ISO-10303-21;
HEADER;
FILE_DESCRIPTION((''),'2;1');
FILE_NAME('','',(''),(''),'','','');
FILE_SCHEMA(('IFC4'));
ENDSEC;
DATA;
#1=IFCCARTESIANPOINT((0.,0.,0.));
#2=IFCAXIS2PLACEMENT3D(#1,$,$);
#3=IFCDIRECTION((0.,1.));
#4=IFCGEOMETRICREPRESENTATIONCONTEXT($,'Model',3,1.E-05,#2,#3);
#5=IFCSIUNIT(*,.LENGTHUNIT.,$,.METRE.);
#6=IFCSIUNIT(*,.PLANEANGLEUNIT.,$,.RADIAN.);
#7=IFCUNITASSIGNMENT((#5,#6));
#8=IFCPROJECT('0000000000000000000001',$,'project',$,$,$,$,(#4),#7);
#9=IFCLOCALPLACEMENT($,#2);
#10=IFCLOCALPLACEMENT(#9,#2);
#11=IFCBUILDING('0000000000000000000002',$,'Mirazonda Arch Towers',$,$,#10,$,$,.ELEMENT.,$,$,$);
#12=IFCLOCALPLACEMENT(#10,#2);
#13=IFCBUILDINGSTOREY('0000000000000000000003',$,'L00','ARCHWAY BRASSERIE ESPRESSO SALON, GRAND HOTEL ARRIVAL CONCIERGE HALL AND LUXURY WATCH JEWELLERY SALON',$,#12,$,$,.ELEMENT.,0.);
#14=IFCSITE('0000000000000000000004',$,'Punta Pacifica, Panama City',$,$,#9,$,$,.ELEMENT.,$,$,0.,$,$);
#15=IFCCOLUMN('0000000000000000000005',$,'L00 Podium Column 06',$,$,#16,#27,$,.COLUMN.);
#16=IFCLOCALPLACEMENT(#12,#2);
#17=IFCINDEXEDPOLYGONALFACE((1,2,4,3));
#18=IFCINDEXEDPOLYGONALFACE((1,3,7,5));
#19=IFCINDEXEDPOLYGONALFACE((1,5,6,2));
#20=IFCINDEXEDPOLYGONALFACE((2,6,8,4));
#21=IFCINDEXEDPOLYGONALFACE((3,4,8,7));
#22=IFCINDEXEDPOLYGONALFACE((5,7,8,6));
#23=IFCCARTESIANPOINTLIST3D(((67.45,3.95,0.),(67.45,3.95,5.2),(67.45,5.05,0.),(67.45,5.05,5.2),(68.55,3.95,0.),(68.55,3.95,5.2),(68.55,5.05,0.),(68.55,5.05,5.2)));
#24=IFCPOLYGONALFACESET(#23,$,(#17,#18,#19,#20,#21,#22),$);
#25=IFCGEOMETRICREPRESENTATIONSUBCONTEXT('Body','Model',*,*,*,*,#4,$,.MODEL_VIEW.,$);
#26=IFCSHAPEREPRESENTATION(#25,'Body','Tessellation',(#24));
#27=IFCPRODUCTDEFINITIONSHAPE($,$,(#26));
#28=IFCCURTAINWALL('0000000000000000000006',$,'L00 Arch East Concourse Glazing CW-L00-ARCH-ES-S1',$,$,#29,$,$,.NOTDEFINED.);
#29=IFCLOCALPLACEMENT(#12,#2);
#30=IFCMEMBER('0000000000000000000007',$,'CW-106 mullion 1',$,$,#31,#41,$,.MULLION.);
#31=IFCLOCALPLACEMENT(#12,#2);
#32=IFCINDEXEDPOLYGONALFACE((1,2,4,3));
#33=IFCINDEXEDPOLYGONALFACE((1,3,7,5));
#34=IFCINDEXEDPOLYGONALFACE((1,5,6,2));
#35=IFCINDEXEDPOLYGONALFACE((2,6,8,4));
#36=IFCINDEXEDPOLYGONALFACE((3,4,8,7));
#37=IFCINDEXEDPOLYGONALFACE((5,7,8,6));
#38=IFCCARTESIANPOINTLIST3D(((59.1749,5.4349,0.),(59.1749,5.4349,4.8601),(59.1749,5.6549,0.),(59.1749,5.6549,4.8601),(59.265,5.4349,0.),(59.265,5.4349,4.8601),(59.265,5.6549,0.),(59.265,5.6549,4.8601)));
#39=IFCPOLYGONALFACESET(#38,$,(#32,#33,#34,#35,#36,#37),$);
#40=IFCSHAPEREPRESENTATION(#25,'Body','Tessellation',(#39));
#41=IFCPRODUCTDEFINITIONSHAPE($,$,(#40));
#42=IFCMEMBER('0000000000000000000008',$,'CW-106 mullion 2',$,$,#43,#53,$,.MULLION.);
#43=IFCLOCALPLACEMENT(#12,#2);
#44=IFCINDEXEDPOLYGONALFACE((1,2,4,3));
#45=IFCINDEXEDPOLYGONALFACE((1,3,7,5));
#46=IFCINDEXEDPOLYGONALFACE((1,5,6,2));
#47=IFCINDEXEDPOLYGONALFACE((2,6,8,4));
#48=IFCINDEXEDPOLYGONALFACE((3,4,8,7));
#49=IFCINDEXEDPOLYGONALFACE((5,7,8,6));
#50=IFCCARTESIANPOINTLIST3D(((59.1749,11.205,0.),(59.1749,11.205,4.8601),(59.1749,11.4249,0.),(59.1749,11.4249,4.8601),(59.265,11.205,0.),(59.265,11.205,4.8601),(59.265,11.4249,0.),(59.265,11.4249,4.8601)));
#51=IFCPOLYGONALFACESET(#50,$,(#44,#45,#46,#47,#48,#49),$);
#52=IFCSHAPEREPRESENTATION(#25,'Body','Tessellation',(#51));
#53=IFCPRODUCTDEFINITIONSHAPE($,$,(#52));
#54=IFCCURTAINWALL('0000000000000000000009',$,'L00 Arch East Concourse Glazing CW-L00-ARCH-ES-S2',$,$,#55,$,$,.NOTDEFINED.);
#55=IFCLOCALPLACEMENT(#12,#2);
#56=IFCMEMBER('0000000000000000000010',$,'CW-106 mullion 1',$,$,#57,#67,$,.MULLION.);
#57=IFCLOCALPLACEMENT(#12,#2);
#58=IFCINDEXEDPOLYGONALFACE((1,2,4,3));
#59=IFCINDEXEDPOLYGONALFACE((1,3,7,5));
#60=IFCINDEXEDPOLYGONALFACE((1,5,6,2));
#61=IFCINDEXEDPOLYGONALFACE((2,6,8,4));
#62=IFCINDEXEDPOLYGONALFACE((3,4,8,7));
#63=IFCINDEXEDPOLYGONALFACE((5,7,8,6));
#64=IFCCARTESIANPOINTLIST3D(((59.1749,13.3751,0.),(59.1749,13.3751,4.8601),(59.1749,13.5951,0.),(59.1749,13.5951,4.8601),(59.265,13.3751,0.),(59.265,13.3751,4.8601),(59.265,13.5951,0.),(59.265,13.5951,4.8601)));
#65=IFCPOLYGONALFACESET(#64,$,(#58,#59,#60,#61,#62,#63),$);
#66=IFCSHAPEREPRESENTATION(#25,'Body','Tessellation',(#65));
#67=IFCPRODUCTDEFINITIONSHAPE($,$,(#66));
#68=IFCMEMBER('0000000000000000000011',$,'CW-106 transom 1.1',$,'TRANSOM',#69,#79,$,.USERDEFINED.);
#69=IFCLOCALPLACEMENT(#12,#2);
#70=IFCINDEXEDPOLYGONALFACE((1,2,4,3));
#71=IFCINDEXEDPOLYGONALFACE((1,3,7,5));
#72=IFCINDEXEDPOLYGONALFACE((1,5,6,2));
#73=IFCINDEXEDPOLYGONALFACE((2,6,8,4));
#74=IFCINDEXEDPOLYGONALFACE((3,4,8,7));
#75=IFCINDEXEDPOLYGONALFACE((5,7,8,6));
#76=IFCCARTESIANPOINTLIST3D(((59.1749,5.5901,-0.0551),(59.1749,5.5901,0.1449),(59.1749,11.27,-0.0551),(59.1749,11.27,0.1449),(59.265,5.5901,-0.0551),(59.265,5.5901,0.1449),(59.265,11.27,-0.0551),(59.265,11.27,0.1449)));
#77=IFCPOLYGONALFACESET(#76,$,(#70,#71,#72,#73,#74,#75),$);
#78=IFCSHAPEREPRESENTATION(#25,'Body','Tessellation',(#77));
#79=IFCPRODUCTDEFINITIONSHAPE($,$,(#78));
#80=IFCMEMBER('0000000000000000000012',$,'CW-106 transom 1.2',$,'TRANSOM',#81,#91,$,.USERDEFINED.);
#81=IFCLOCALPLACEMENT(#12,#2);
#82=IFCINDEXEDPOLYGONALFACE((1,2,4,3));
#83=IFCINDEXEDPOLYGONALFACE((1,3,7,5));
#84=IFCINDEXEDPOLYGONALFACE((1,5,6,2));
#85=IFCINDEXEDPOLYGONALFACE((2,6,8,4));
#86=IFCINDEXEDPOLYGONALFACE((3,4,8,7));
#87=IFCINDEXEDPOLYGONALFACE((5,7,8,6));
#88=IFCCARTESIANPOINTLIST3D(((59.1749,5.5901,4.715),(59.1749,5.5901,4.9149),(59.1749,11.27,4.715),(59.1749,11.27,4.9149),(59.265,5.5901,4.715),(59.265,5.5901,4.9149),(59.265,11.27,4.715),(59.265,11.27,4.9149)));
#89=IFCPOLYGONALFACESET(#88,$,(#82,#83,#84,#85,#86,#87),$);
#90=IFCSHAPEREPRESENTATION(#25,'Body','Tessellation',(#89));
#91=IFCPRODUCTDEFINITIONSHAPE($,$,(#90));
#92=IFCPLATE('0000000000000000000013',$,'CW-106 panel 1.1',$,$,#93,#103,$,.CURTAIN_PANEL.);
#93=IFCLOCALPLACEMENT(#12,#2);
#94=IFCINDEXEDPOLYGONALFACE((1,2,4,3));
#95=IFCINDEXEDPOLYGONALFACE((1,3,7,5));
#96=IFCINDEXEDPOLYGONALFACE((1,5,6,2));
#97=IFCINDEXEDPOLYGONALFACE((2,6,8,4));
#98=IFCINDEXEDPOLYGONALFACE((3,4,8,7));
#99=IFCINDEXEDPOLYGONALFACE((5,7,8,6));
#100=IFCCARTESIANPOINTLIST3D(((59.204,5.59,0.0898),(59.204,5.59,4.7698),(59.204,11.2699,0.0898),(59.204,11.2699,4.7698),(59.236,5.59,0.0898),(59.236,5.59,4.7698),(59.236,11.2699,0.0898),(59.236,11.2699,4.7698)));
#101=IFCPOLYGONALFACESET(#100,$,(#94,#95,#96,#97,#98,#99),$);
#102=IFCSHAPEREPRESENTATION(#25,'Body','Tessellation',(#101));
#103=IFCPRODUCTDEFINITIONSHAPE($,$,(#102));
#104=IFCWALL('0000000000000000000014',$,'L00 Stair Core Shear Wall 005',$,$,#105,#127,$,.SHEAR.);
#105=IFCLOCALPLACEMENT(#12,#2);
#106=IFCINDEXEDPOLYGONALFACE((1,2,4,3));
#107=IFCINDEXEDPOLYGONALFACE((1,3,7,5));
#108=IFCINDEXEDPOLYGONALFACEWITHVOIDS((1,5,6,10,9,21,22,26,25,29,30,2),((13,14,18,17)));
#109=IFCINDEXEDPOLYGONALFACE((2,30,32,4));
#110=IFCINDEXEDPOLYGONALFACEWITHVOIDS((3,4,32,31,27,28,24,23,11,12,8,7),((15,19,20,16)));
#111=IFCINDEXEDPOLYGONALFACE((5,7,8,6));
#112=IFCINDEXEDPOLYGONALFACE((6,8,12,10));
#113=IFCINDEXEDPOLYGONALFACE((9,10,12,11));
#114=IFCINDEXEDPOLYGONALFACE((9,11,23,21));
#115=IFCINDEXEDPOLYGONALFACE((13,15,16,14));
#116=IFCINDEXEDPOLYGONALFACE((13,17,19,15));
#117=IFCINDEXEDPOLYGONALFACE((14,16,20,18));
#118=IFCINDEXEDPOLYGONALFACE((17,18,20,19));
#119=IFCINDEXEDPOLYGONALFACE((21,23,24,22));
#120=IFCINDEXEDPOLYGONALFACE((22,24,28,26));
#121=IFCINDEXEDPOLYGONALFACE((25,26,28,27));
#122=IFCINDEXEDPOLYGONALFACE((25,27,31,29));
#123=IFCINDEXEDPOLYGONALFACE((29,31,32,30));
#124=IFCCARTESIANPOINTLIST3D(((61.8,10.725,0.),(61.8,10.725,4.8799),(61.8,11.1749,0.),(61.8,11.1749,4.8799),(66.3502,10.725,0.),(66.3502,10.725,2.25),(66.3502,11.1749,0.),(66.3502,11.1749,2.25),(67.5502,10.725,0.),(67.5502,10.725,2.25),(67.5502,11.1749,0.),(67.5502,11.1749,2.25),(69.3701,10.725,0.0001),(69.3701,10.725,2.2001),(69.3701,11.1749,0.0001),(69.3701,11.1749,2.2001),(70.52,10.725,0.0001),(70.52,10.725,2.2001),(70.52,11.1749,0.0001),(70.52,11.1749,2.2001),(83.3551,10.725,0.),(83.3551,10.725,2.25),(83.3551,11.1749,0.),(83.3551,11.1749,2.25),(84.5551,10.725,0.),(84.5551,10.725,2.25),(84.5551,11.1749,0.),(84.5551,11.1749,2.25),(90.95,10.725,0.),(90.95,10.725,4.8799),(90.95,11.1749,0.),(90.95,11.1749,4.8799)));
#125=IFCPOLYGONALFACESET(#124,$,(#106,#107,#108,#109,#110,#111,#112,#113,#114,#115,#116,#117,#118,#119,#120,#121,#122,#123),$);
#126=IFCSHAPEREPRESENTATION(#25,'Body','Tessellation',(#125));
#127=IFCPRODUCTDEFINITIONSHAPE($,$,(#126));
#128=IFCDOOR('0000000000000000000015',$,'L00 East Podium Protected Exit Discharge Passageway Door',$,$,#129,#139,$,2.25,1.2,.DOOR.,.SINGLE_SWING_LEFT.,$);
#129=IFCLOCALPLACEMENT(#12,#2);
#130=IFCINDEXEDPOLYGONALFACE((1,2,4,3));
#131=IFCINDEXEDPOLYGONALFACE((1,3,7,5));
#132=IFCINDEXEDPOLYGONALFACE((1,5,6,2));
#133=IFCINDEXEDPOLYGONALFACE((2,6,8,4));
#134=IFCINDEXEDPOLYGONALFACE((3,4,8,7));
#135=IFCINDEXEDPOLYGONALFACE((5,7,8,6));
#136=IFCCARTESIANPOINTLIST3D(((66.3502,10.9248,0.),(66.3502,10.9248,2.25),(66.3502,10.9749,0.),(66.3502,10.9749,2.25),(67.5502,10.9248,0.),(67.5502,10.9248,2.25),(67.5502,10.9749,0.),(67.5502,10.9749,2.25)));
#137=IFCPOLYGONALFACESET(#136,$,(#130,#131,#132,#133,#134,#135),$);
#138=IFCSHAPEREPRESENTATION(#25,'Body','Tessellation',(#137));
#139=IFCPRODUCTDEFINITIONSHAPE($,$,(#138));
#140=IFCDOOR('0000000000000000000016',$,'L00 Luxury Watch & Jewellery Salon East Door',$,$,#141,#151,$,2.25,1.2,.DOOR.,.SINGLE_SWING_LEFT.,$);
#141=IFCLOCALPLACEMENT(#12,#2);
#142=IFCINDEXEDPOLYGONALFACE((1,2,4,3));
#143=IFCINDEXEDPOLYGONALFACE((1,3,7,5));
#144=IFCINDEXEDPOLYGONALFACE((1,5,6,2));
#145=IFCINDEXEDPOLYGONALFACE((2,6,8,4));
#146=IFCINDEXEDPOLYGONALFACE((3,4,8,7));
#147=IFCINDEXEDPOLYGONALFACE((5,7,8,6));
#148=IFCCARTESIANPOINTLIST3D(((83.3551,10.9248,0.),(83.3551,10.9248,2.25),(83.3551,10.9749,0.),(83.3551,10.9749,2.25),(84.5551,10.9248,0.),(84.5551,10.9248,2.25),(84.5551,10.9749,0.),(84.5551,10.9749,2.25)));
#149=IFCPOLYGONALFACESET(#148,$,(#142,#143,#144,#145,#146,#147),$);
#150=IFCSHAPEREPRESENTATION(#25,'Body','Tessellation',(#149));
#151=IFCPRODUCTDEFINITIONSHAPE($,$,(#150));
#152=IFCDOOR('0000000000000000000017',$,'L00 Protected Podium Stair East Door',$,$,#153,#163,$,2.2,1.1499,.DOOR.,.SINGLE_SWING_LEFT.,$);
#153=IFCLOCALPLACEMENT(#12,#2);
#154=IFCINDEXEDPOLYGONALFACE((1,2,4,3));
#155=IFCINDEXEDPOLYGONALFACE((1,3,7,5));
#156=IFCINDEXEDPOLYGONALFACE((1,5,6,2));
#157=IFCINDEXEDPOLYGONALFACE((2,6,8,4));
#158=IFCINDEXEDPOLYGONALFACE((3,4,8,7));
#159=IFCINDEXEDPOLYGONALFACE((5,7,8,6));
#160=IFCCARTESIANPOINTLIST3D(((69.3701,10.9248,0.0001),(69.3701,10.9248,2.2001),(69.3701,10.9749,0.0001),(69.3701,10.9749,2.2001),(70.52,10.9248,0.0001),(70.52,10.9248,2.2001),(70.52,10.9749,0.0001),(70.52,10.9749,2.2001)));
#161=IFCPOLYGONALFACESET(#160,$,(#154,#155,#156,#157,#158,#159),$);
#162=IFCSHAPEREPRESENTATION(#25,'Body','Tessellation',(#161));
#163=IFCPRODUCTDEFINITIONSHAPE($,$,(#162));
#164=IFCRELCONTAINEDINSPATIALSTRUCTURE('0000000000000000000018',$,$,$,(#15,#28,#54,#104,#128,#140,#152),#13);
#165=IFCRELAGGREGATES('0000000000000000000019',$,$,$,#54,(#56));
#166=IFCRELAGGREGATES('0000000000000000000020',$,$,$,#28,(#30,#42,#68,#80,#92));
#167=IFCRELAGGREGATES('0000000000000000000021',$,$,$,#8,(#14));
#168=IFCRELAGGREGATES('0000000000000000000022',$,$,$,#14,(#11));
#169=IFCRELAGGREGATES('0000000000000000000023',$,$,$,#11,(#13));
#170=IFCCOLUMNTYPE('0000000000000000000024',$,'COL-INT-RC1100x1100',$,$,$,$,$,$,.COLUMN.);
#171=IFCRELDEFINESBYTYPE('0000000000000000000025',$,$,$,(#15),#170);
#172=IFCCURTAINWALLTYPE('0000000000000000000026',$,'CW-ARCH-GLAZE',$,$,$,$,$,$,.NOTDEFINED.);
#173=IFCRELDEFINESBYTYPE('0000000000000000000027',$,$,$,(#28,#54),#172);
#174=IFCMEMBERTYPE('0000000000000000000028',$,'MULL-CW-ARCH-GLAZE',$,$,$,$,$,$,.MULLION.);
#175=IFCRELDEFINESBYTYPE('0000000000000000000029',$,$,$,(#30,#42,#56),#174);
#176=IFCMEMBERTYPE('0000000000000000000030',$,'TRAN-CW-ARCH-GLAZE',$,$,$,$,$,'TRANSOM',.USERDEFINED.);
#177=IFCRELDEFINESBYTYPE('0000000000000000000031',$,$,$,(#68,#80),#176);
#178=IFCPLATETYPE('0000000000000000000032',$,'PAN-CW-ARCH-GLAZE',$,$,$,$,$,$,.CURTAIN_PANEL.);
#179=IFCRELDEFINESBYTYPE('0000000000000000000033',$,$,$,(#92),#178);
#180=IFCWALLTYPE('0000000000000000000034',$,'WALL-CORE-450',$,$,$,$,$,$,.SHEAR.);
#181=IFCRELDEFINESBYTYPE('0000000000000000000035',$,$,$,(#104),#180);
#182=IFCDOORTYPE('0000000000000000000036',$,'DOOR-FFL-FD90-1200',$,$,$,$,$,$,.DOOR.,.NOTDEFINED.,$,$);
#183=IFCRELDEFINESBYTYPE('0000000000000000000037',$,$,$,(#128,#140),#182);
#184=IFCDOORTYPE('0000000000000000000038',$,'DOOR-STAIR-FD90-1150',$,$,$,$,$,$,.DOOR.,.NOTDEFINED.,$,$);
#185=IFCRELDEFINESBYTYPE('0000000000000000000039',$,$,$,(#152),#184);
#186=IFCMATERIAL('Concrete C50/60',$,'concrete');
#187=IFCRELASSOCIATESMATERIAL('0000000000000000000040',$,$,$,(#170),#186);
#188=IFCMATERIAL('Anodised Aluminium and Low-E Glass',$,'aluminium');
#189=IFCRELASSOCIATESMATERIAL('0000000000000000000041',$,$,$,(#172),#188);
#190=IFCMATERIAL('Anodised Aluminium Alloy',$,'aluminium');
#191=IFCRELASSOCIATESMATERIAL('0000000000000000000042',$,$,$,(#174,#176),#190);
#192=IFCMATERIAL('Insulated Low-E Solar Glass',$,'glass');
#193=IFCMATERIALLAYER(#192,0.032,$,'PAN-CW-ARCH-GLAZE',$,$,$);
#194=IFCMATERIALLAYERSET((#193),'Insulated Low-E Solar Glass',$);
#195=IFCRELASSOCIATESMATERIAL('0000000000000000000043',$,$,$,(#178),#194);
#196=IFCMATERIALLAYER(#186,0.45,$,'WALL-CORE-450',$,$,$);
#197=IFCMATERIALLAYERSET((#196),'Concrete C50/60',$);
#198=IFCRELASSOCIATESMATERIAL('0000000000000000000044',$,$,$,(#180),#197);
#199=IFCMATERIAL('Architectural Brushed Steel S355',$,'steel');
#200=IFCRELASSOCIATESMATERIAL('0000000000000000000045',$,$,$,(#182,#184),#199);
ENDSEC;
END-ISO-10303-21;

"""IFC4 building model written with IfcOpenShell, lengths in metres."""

from ifc_helpers import new_model, si_unit, direction, frame, frame_2d, origin, origin_2d, place, context, subcontext, project, spatial, rectangle, extrude, material, layer, layer_set, material_profile, profile_set, type_object, element, fill, aggregate, save


model = new_model("IFC4")

# Units and contexts
model_context = context("Model", 3, precision=1e-05, world=origin(), true_north=direction((0.0, 1.0)))
body_context = subcontext(model_context, "Body", "Model", "MODEL_VIEW")
ifc_project = project(units=[si_unit("LENGTHUNIT", "METRE"), si_unit("PLANEANGLEUNIT", "RADIAN")], contexts=[model_context])

# Site, building, storey
site_placement = place(None, origin())
site = spatial("IfcSite", under=ifc_project, at=site_placement, Name="Punta Pacifica, Panama City", CompositionType="ELEMENT", RefElevation=0.0)
building_placement = place(site_placement, origin())
building = spatial("IfcBuilding", under=site, at=building_placement, Name="Mirazonda Arch Towers", CompositionType="ELEMENT")
storey_placement = place(building_placement, origin())
storey = spatial("IfcBuildingStorey", under=building, at=storey_placement, Name="L00", Description="ARCHWAY BRASSERIE ESPRESSO SALON, GRAND HOTEL ARRIVAL CONCIERGE HALL AND LUXURY WATCH JEWELLERY SALON", CompositionType="ELEMENT", Elevation=0.0)

# Column
ifc_material_1 = material(Name="Concrete C50/60", Category="concrete")
ifc_material_profile_1 = material_profile(ifc_material_1, rectangle(XDim=1.1001, YDim=1.1001, at=origin_2d()), Name="RC1100x1100")
ifc_profile_set_1 = profile_set([ifc_material_profile_1], Name="Concrete C50/60")
column_type = type_object("IfcColumnType", Name="COL-INT-RC1100x1100", PredefinedType="COLUMN", material=ifc_profile_set_1)
column_placement = place(storey_placement, frame((68.0, 4.5, 0.0), z_axis=(0.0, 0.0, 1.0), x_axis=(1.0, 0.0, 0.0)))
element("IfcColumn", 1, at=column_placement, inside=storey, type_object=column_type, Name="L00 Podium Column 06", PredefinedType="COLUMN", context=body_context, shape_type="SweptSolid", body=[
    extrude(rectangle(XDim=1.1001, YDim=1.1001, at=origin_2d()), origin(), (0.0, 0.0, 1.0), 5.2),
])

# Curtain wall, members
ifc_material_2 = material(Name="Anodised Aluminium and Low-E Glass", Category="aluminium")
curtain_wall_type = type_object("IfcCurtainWallType", Name="CW-ARCH-GLAZE", PredefinedType="NOTDEFINED", material=ifc_material_2)
curtain_wall_1_placement = place(storey_placement, origin())
curtain_wall_1 = element("IfcCurtainWall", 2, at=curtain_wall_1_placement, inside=storey, type_object=curtain_wall_type, Name="L00 Arch East Concourse Glazing CW-L00-ARCH-ES-S1", PredefinedType="NOTDEFINED")
ifc_material_3 = material(Name="Anodised Aluminium Alloy", Category="aluminium")
ifc_material_profile_2 = material_profile(ifc_material_3, rectangle(XDim=0.0901, YDim=0.22, at=origin_2d()), Name="ALU-MULL-90x220")
ifc_profile_set_2 = profile_set([ifc_material_profile_2], Name="Anodised Aluminium Alloy")
member_type_1 = type_object("IfcMemberType", Name="MULL-CW-ARCH-GLAZE", PredefinedType="MULLION", material=ifc_profile_set_2)
member_1_placement = place(storey_placement, frame((59.22, 5.5449, 0.0), z_axis=(0.0, 0.0, 1.0), x_axis=(-1.0, 0.0, 0.0)))
member_1 = element("IfcMember", 3, at=member_1_placement, type_object=member_type_1, Name="CW-106 mullion 1", PredefinedType="MULLION", context=body_context, shape_type="SweptSolid", body=[
    extrude(rectangle(XDim=0.0901, YDim=0.22, at=origin_2d()), origin(), (0.0, 0.0, 1.0), 4.8601),
])
member_2_placement = place(storey_placement, frame((59.22, 11.3149, 0.0), z_axis=(0.0, 0.0, 1.0), x_axis=(-1.0, 0.0, 0.0)))
member_2 = element("IfcMember", 4, at=member_2_placement, type_object=member_type_1, Name="CW-106 mullion 2", PredefinedType="MULLION", context=body_context, shape_type="SweptSolid", body=[
    extrude(rectangle(XDim=0.0901, YDim=0.22, at=origin_2d()), origin(), (0.0, 0.0, 1.0), 4.8601),
])

# Curtain wall, member
curtain_wall_2_placement = place(storey_placement, origin())
curtain_wall_2 = element("IfcCurtainWall", 5, at=curtain_wall_2_placement, inside=storey, type_object=curtain_wall_type, Name="L00 Arch East Concourse Glazing CW-L00-ARCH-ES-S2", PredefinedType="NOTDEFINED")
member_3_placement = place(storey_placement, frame((59.22, 13.4851, 0.0), z_axis=(0.0, 0.0, 1.0), x_axis=(-1.0, 0.0, 0.0)))
member_3 = element("IfcMember", 6, at=member_3_placement, type_object=member_type_1, Name="CW-106 mullion 1", PredefinedType="MULLION", context=body_context, shape_type="SweptSolid", body=[
    extrude(rectangle(XDim=0.0901, YDim=0.22, at=origin_2d()), origin(), (0.0, 0.0, 1.0), 4.8601),
])
aggregate(curtain_wall_2, [member_3])

# Members
ifc_material_profile_3 = material_profile(ifc_material_3, rectangle(XDim=0.0901, YDim=0.2, at=origin_2d()), Name="ALU-TRAN-90x200")
ifc_profile_set_3 = profile_set([ifc_material_profile_3], Name="Anodised Aluminium Alloy")
member_type_2 = type_object("IfcMemberType", Name="TRAN-CW-ARCH-GLAZE", ElementType="TRANSOM", PredefinedType="USERDEFINED", material=ifc_profile_set_3)
member_4_placement = place(storey_placement, frame((59.22, 5.5901, 0.0449), z_axis=(0.0, 1.0, 0.0), x_axis=(-1.0, 0.0, 0.0)))
member_4 = element("IfcMember", 7, at=member_4_placement, type_object=member_type_2, Name="CW-106 transom 1.1", ObjectType="TRANSOM", PredefinedType="USERDEFINED", context=body_context, shape_type="SweptSolid", body=[
    extrude(rectangle(XDim=0.0901, YDim=0.2, at=origin_2d()), origin(), (0.0, 0.0, 1.0), 5.6799),
])
member_5_placement = place(storey_placement, frame((59.22, 5.5901, 4.8149), z_axis=(0.0, 1.0, 0.0), x_axis=(-1.0, 0.0, 0.0)))
member_5 = element("IfcMember", 8, at=member_5_placement, type_object=member_type_2, Name="CW-106 transom 1.2", ObjectType="TRANSOM", PredefinedType="USERDEFINED", context=body_context, shape_type="SweptSolid", body=[
    extrude(rectangle(XDim=0.0901, YDim=0.2, at=origin_2d()), origin(), (0.0, 0.0, 1.0), 5.6799),
])

# Plate
ifc_material_4 = material(Name="Insulated Low-E Solar Glass", Category="glass")
ifc_layer_1 = layer(ifc_material_4, 0.032, Name="PAN-CW-ARCH-GLAZE")
ifc_layer_set_1 = layer_set([ifc_layer_1], Name="Insulated Low-E Solar Glass")
plate_type = type_object("IfcPlateType", Name="PAN-CW-ARCH-GLAZE", PredefinedType="CURTAIN_PANEL", material=ifc_layer_set_1)
plate_placement = place(storey_placement, frame((59.22, 8.4299, 0.0898), z_axis=(0.0, 0.0, 1.0), x_axis=(0.0, 1.0, 0.0)))
plate = element("IfcPlate", 9, at=plate_placement, type_object=plate_type, Name="CW-106 panel 1.1", PredefinedType="CURTAIN_PANEL", context=body_context, shape_type="SweptSolid", body=[
    extrude(rectangle(XDim=5.6799, YDim=0.032, at=origin_2d()), origin(), (0.0, 0.0, 1.0), 4.6799),
])
aggregate(curtain_wall_1, [member_1, member_2, member_4, member_5, plate])

# Wall, openings, doors
ifc_layer_2 = layer(ifc_material_1, 0.45, Name="WALL-CORE-450")
ifc_layer_set_2 = layer_set([ifc_layer_2], Name="Concrete C50/60")
wall_type_1 = type_object("IfcWallType", Name="WALL-CORE-450", PredefinedType="SHEAR", material=ifc_layer_set_2)
wall_1_placement = place(storey_placement, frame((61.8, 10.95, 0.0), z_axis=(0.0, 0.0, 1.0), x_axis=(1.0, 0.0, 0.0)))
wall_1 = element("IfcWall", 10, at=wall_1_placement, inside=storey, type_object=wall_type_1, Name="L00 Stair Core Shear Wall 005", PredefinedType="SHEAR", context=body_context, shape_type="SweptSolid", body=[
    extrude(rectangle(XDim=29.1499, YDim=0.45, at=frame_2d((14.575, 0.0))), origin(), (0.0, 0.0, 1.0), 4.8799),
])
opening_1_placement = place(wall_1_placement, frame((4.55, 0.0, 0.0)))
opening_1 = element("IfcOpeningElement", 11, at=opening_1_placement, cuts=wall_1, PredefinedType="OPENING", context=body_context, shape_type="SweptSolid", body=[
    extrude(rectangle(XDim=1.2, YDim=2.25, at=frame_2d((0.6001, 1.125))), frame((0.0, 0.2349, 0.0), z_axis=(0.0, -1.0, 0.0), x_axis=(1.0, 0.0, 0.0)), (0.0, 0.0, 1.0), 0.47),
])
opening_2_placement = place(wall_1_placement, frame((7.5701, 0.0, 0.0)))
opening_2 = element("IfcOpeningElement", 12, at=opening_2_placement, cuts=wall_1, PredefinedType="OPENING", context=body_context, shape_type="SweptSolid", body=[
    extrude(rectangle(XDim=1.1499, YDim=2.2, at=frame_2d((0.575, 1.1001))), frame((0.0, 0.2349, 0.0), z_axis=(0.0, -1.0, 0.0), x_axis=(1.0, 0.0, 0.0)), (0.0, 0.0, 1.0), 0.47),
])
opening_3_placement = place(wall_1_placement, frame((21.5549, 0.0, 0.0)))
opening_3 = element("IfcOpeningElement", 13, at=opening_3_placement, cuts=wall_1, PredefinedType="OPENING", context=body_context, shape_type="SweptSolid", body=[
    extrude(rectangle(XDim=1.2, YDim=2.25, at=frame_2d((0.6001, 1.125))), frame((0.0, 0.2349, 0.0), z_axis=(0.0, -1.0, 0.0), x_axis=(1.0, 0.0, 0.0)), (0.0, 0.0, 1.0), 0.47),
])
ifc_material_5 = material(Name="Architectural Brushed Steel S355", Category="steel")
door_type_1 = type_object("IfcDoorType", Name="DOOR-FFL-FD90-1200", OperationType="NOTDEFINED", PredefinedType="DOOR", material=ifc_material_5)
door_1_placement = place(opening_1_placement, origin())
door_1 = element("IfcDoor", 14, at=door_1_placement, inside=storey, type_object=door_type_1, Name="L00 East Podium Protected Exit Discharge Passageway Door", OperationType="SINGLE_SWING_LEFT", OverallHeight=2.25, OverallWidth=1.2, PredefinedType="DOOR", context=body_context, shape_type="SweptSolid", body=[
    extrude(rectangle(XDim=1.2, YDim=2.25, at=frame_2d((0.6001, 1.125))), frame((0.0, 0.0249, 0.0), z_axis=(0.0, -1.0, 0.0), x_axis=(1.0, 0.0, 0.0)), (0.0, 0.0, 1.0), 0.05),
])
fill(opening_1, door_1)
door_2_placement = place(opening_3_placement, origin())
door_2 = element("IfcDoor", 15, at=door_2_placement, inside=storey, type_object=door_type_1, Name="L00 Luxury Watch & Jewellery Salon East Door", OperationType="SINGLE_SWING_LEFT", OverallHeight=2.25, OverallWidth=1.2, PredefinedType="DOOR", context=body_context, shape_type="SweptSolid", body=[
    extrude(rectangle(XDim=1.2, YDim=2.25, at=frame_2d((0.6001, 1.125))), frame((0.0, 0.0249, 0.0), z_axis=(0.0, -1.0, 0.0), x_axis=(1.0, 0.0, 0.0)), (0.0, 0.0, 1.0), 0.05),
])
fill(opening_3, door_2)
door_type_2 = type_object("IfcDoorType", Name="DOOR-STAIR-FD90-1150", OperationType="NOTDEFINED", PredefinedType="DOOR", material=ifc_material_5)
door_3_placement = place(opening_2_placement, origin())
door_3 = element("IfcDoor", 16, at=door_3_placement, inside=storey, type_object=door_type_2, Name="L00 Protected Podium Stair East Door", OperationType="SINGLE_SWING_LEFT", OverallHeight=2.2, OverallWidth=1.1499, PredefinedType="DOOR", context=body_context, shape_type="SweptSolid", body=[
    extrude(rectangle(XDim=1.1499, YDim=2.2, at=frame_2d((0.575, 1.1001))), frame((0.0, 0.0249, 0.0), z_axis=(0.0, -1.0, 0.0), x_axis=(1.0, 0.0, 0.0)), (0.0, 0.0, 1.0), 0.05),
])
fill(opening_2, door_3)

save(model, "model.ifc")
